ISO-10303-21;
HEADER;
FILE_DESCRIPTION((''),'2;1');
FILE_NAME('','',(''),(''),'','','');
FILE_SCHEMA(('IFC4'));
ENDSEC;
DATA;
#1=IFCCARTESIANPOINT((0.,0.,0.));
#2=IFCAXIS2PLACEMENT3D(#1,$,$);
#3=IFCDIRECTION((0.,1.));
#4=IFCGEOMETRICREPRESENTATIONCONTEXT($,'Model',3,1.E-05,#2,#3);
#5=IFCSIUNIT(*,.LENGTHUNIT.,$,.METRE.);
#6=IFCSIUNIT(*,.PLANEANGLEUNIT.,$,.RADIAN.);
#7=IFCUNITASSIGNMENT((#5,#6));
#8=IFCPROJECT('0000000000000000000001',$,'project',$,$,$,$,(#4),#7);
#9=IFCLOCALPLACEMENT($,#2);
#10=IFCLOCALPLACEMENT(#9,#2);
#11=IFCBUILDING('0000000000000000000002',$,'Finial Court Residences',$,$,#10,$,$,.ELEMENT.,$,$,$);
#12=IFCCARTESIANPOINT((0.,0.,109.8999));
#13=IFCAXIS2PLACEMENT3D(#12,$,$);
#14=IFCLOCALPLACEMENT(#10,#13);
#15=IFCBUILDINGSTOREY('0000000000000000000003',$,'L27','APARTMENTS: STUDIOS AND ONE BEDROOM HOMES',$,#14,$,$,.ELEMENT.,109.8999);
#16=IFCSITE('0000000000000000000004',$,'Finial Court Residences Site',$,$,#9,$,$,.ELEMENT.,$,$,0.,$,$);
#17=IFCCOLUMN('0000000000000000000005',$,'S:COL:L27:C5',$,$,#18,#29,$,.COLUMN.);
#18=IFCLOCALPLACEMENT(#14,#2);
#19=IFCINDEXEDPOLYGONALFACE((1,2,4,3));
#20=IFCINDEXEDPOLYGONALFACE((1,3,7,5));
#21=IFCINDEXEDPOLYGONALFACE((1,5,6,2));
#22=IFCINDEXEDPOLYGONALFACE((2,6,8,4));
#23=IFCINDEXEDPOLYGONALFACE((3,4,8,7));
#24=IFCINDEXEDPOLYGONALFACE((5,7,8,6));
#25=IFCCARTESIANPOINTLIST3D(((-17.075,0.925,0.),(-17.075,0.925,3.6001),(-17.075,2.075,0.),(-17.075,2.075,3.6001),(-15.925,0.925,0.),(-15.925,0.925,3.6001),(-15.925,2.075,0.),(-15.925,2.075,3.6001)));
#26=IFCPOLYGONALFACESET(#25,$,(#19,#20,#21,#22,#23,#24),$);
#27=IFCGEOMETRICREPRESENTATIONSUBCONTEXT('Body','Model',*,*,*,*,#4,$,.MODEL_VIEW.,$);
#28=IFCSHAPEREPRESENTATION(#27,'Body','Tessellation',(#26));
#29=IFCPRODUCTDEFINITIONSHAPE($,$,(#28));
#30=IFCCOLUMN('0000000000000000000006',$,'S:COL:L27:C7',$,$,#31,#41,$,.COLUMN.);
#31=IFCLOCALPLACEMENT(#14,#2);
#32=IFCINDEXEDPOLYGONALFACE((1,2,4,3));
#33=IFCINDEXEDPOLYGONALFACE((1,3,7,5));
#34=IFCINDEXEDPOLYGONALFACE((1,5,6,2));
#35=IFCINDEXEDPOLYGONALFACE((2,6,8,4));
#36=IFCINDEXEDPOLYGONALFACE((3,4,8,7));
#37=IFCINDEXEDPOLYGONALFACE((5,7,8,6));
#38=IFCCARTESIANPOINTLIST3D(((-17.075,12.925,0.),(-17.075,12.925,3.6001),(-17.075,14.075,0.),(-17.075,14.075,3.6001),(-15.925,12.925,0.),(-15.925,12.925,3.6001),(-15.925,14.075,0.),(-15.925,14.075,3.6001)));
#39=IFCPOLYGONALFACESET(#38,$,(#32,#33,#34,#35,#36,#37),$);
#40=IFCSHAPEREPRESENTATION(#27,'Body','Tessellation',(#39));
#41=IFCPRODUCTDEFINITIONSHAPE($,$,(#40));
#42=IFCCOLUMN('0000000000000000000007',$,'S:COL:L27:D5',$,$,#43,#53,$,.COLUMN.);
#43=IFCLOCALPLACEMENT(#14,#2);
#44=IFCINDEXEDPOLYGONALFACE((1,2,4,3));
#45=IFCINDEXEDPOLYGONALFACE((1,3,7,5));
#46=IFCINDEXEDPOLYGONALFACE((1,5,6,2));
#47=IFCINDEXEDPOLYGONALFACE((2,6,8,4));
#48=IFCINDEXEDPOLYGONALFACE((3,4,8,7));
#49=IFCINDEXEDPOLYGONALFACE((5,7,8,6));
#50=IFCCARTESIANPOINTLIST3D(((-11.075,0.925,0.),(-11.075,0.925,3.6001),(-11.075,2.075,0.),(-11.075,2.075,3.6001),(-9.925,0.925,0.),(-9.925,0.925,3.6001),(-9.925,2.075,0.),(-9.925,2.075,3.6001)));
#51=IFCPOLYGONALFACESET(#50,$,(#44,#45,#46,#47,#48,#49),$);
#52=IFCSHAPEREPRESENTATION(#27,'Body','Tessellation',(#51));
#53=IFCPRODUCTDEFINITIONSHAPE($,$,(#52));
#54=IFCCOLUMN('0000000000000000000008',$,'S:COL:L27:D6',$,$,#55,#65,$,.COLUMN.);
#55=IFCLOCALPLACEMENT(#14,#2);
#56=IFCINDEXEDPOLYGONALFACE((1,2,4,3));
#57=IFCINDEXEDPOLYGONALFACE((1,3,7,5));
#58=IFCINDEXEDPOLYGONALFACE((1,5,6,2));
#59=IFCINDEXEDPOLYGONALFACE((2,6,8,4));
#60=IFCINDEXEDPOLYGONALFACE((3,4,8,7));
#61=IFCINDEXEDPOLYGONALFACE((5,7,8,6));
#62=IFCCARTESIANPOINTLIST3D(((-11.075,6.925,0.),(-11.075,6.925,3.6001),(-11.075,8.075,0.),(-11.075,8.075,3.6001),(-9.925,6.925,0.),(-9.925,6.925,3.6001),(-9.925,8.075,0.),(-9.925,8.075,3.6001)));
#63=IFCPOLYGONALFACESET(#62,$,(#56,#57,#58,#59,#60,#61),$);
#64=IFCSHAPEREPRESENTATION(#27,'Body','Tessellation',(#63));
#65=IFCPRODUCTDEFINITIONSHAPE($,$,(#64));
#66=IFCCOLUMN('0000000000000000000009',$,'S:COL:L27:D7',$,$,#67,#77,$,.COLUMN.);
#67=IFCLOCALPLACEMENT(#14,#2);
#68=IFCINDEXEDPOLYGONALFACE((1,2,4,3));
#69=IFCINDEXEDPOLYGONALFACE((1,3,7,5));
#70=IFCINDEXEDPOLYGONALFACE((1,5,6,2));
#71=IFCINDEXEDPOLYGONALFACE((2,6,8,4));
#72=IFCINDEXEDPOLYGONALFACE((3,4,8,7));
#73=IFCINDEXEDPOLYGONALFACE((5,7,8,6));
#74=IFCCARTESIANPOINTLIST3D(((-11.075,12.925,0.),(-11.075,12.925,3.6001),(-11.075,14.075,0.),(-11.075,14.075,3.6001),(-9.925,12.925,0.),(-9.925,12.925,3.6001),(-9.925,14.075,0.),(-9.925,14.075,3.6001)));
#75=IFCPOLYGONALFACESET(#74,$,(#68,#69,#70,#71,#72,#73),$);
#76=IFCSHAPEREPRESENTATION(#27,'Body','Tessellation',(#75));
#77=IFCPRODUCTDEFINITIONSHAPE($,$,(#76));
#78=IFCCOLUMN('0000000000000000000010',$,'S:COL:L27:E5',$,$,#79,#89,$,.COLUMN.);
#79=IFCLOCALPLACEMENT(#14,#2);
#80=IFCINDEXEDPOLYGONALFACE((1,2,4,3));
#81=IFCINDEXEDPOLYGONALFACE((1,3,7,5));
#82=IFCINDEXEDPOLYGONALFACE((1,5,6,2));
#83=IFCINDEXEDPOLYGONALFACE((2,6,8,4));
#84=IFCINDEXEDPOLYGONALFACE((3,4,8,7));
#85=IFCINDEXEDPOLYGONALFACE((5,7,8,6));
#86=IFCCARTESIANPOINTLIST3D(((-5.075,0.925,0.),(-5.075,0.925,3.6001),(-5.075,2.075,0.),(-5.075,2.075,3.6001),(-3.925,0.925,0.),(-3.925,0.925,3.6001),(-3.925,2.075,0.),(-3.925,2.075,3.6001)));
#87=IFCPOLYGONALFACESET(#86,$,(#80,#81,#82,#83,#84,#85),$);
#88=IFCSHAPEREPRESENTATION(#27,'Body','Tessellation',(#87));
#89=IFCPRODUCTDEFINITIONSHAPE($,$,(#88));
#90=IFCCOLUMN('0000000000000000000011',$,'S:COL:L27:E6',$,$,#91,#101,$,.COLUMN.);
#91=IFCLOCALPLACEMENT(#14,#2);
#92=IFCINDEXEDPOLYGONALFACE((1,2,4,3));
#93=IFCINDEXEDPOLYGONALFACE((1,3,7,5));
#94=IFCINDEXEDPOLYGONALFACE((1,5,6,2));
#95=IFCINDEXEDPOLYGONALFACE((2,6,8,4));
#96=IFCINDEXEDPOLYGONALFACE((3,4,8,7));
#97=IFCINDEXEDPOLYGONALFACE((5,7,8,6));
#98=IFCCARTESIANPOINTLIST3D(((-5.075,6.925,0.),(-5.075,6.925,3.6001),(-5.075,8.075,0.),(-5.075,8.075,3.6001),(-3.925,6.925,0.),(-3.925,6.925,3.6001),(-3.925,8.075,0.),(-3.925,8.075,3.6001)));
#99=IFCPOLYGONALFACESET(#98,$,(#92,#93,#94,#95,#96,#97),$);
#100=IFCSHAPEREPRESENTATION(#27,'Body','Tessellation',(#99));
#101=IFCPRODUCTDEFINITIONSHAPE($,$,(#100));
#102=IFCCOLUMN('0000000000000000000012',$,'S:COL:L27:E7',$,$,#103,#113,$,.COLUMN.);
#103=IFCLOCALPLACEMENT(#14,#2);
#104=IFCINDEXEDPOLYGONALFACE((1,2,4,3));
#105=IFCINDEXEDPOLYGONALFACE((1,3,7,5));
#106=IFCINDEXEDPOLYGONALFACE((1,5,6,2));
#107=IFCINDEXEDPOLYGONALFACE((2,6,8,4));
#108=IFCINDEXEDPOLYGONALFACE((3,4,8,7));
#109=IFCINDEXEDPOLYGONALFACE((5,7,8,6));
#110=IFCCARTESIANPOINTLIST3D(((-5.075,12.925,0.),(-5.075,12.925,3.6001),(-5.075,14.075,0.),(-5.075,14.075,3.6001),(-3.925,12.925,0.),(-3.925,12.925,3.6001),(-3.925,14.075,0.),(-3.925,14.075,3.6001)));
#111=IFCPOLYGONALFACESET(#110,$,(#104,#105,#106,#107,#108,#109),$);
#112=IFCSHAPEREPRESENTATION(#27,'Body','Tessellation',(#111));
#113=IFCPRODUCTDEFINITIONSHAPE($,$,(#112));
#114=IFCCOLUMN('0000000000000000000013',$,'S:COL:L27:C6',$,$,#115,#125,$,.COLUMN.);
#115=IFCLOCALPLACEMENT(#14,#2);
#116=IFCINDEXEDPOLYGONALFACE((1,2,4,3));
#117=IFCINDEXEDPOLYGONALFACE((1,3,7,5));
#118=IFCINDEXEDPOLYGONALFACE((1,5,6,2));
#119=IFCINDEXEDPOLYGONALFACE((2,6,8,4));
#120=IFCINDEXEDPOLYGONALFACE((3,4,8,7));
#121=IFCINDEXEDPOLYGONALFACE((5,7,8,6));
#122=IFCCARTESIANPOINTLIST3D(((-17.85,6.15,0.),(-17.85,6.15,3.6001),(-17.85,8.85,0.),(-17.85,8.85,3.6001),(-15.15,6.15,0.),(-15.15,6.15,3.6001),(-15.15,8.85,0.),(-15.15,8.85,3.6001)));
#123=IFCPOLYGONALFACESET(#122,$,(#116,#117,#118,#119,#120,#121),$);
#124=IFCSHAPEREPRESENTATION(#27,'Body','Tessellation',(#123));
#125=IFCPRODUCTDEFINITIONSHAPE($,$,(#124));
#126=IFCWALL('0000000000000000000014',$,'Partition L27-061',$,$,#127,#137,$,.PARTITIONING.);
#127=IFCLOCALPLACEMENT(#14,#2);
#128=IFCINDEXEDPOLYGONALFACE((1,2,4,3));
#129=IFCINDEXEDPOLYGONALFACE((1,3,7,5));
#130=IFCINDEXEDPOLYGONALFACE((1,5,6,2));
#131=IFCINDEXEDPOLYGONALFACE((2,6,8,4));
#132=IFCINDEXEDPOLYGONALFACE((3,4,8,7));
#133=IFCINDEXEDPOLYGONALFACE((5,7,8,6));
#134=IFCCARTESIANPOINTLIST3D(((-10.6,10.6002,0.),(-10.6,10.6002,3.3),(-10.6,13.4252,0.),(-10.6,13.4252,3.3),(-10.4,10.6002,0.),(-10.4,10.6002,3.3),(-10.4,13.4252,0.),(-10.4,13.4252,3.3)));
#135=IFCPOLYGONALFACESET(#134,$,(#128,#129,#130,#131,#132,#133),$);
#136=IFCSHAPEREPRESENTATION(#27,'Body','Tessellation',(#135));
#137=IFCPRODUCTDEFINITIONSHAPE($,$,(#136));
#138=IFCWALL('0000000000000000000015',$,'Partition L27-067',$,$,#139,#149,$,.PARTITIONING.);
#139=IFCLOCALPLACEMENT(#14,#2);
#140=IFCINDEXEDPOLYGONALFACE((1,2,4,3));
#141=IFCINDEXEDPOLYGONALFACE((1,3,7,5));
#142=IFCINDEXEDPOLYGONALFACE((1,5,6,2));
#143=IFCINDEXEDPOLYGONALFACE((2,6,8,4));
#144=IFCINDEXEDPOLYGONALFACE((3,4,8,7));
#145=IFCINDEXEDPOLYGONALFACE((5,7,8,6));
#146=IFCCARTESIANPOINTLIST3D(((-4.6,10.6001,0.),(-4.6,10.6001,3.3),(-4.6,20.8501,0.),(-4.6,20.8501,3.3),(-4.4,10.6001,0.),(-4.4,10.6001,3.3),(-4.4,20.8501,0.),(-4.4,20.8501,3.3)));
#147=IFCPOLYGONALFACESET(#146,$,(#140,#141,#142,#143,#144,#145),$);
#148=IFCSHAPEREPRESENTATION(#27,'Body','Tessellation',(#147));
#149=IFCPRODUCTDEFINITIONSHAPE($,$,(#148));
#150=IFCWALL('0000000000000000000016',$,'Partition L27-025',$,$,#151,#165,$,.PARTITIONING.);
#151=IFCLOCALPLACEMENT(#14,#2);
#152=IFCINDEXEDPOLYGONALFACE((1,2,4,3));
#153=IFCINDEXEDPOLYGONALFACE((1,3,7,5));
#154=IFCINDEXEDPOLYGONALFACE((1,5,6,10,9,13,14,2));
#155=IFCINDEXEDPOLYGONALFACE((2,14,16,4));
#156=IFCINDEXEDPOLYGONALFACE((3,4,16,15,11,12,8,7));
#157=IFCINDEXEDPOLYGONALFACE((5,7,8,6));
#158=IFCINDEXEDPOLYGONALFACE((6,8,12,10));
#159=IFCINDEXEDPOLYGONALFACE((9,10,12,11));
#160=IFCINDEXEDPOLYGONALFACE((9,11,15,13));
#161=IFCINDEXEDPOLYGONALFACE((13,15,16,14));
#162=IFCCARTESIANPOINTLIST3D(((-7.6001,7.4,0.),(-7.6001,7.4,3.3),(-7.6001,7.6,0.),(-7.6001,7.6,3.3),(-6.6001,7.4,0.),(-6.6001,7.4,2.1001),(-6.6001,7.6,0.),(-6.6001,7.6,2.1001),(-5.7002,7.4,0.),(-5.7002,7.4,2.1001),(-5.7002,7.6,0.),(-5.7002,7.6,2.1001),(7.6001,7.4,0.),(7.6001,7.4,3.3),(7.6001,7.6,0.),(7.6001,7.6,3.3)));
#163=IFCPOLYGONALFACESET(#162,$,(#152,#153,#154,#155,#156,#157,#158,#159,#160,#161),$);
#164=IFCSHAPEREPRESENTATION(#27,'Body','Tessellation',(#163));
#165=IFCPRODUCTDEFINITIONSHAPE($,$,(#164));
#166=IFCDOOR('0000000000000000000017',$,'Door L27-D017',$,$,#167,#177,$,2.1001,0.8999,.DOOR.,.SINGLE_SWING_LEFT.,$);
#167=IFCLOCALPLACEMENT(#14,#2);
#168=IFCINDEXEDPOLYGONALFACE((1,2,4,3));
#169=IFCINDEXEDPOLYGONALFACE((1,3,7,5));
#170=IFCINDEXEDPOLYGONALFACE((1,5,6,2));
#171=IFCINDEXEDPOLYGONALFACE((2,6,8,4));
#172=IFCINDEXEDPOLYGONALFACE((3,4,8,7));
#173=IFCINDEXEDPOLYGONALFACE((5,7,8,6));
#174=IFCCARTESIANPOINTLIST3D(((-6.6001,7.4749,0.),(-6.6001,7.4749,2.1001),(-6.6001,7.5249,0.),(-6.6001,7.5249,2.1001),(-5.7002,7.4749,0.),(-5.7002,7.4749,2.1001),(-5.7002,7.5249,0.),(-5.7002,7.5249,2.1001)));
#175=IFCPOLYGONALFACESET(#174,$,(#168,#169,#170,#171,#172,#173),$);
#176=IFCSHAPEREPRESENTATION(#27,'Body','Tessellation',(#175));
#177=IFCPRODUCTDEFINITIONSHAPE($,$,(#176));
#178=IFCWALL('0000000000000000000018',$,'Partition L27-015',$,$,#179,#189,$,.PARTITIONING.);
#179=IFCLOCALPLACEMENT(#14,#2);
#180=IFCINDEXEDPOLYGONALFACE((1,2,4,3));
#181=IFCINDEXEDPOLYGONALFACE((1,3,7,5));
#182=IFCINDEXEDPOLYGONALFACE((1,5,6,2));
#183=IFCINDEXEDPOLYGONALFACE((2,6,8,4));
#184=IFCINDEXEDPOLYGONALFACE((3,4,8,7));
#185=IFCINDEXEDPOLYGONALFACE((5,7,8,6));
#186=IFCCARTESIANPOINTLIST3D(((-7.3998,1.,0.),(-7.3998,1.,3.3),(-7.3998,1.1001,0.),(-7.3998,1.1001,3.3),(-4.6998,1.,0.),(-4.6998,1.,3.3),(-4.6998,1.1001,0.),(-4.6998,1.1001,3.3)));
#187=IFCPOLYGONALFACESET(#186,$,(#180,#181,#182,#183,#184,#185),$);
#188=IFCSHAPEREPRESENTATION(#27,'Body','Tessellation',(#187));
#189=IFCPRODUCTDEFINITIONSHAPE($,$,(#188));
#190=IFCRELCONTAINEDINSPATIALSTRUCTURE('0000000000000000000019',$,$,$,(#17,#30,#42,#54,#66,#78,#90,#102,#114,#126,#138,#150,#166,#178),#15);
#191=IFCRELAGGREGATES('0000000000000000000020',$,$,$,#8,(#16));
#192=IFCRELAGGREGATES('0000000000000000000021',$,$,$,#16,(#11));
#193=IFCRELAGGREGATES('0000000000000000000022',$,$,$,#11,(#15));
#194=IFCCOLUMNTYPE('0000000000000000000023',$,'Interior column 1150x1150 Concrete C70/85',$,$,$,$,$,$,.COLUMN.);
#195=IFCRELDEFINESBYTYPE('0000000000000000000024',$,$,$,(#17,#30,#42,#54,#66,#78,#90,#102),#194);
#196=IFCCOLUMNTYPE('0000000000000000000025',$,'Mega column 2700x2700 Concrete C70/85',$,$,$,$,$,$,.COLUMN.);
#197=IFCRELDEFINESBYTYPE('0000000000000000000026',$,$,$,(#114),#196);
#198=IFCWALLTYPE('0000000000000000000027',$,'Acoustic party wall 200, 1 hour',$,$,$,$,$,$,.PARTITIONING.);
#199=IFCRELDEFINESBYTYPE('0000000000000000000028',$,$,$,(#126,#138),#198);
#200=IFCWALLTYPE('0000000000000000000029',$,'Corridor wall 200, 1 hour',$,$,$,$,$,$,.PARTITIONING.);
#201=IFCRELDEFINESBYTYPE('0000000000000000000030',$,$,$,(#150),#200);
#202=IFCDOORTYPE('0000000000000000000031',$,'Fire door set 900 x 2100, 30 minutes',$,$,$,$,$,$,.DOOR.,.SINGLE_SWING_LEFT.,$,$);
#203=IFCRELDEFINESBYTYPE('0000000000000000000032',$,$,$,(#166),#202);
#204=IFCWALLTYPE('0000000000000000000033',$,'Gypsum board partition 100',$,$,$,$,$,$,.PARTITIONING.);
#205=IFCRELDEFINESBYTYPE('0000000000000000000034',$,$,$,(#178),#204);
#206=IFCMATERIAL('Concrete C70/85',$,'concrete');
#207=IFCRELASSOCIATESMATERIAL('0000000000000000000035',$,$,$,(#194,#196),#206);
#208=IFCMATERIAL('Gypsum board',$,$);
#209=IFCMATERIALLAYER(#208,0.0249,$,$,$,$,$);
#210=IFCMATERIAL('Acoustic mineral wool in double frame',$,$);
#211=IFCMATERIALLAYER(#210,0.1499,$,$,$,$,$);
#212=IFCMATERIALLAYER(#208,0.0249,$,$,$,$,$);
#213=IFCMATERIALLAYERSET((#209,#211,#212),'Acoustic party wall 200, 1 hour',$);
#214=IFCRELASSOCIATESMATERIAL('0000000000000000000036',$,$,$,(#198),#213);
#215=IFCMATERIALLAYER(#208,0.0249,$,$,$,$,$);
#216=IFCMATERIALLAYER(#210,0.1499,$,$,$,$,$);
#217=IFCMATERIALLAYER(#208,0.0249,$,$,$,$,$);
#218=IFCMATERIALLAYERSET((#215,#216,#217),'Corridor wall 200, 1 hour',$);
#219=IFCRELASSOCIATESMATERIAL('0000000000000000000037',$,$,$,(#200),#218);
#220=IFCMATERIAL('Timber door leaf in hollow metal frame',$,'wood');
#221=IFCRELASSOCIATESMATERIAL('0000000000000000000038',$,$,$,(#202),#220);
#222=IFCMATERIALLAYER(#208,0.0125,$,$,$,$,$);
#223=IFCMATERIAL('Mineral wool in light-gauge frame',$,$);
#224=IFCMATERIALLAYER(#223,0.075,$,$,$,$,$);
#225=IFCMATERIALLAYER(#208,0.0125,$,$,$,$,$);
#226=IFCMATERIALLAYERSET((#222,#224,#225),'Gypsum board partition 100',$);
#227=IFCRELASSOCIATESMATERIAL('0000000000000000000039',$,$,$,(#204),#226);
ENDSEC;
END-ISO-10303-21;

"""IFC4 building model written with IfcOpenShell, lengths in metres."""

from ifc_helpers import new_model, si_unit, direction, frame, frame_2d, origin, origin_2d, place, context, subcontext, project, spatial, rectangle, extrude, material, layer, layer_set, material_profile, profile_set, type_object, element, fill, save


model = new_model("IFC4")

# Units and contexts
model_context = context("Model", 3, precision=1e-05, world=origin(), true_north=direction((0.0, 1.0)))
body_context = subcontext(model_context, "Body", "Model", "MODEL_VIEW")
ifc_project = project(units=[si_unit("LENGTHUNIT", "METRE"), si_unit("PLANEANGLEUNIT", "RADIAN")], contexts=[model_context])

# Site, building, storey
site_placement = place(None, origin())
site = spatial("IfcSite", under=ifc_project, at=site_placement, Name="Finial Court Residences Site", CompositionType="ELEMENT", RefElevation=0.0)
building_placement = place(site_placement, origin())
building = spatial("IfcBuilding", under=site, at=building_placement, Name="Finial Court Residences", CompositionType="ELEMENT")
storey_placement = place(building_placement, frame((0.0, 0.0, 109.8999)))
storey = spatial("IfcBuildingStorey", under=building, at=storey_placement, Name="L27", Description="APARTMENTS: STUDIOS AND ONE BEDROOM HOMES", CompositionType="ELEMENT", Elevation=109.8999)

# Columns
ifc_material_1 = material(Name="Concrete C70/85", Category="concrete")
ifc_material_profile_1 = material_profile(ifc_material_1, rectangle(XDim=1.1499, YDim=1.1499, at=origin_2d()), Name="1150x1150")
ifc_profile_set_1 = profile_set([ifc_material_profile_1], Name="Concrete C70/85")
column_type_1 = type_object("IfcColumnType", Name="Interior column 1150x1150 Concrete C70/85", PredefinedType="COLUMN", material=ifc_profile_set_1)
for number, where, z_axis, x_axis, name in (
    (1, (-16.5, 1.5, 0.0), (0.0, 0.0, 1.0), (1.0, 0.0, 0.0), "S:COL:L27:C5"),
    (2, (-16.5, 13.5, 0.0), (0.0, 0.0, 1.0), (1.0, 0.0, 0.0), "S:COL:L27:C7"),
    (3, (-10.5, 1.5, 0.0), (0.0, 0.0, 1.0), (1.0, 0.0, 0.0), "S:COL:L27:D5"),
    (4, (-10.5, 7.5, 0.0), (0.0, 0.0, 1.0), (1.0, 0.0, 0.0), "S:COL:L27:D6"),
    (5, (-10.5, 13.5, 0.0), (0.0, 0.0, 1.0), (1.0, 0.0, 0.0), "S:COL:L27:D7"),
    (6, (-4.5, 1.5, 0.0), (0.0, 0.0, 1.0), (1.0, 0.0, 0.0), "S:COL:L27:E5"),
    (7, (-4.5, 7.5, 0.0), (0.0, 0.0, 1.0), (1.0, 0.0, 0.0), "S:COL:L27:E6"),
    (8, (-4.5, 13.5, 0.0), (0.0, 0.0, 1.0), (1.0, 0.0, 0.0), "S:COL:L27:E7"),
):
    element("IfcColumn", number, at=place(storey_placement, frame(where, z_axis=z_axis, x_axis=x_axis)), inside=storey, type_object=column_type_1, Name=name, PredefinedType="COLUMN", context=body_context, shape_type="SweptSolid", body=[
        extrude(rectangle(XDim=1.1499, YDim=1.1499, at=origin_2d()), origin(), (0.0, 0.0, 1.0), 3.6001),
    ])
ifc_material_profile_2 = material_profile(ifc_material_1, rectangle(XDim=2.7, YDim=2.7, at=origin_2d()), Name="2700x2700")
ifc_profile_set_2 = profile_set([ifc_material_profile_2], Name="Concrete C70/85")
column_type_2 = type_object("IfcColumnType", Name="Mega column 2700x2700 Concrete C70/85", PredefinedType="COLUMN", material=ifc_profile_set_2)
column_placement = place(storey_placement, frame((-16.5, 7.5, 0.0), z_axis=(0.0, 0.0, 1.0), x_axis=(1.0, 0.0, 0.0)))
element("IfcColumn", 9, at=column_placement, inside=storey, type_object=column_type_2, Name="S:COL:L27:C6", PredefinedType="COLUMN", context=body_context, shape_type="SweptSolid", body=[
    extrude(rectangle(XDim=2.7, YDim=2.7, at=origin_2d()), origin(), (0.0, 0.0, 1.0), 3.6001),
])

# Walls
ifc_material_2 = material(Name="Gypsum board")
ifc_layer_1 = layer(ifc_material_2, 0.0249)
ifc_material_3 = material(Name="Acoustic mineral wool in double frame")
ifc_layer_2 = layer(ifc_material_3, 0.1499)
ifc_layer_3 = layer(ifc_material_2, 0.0249)
ifc_layer_set_1 = layer_set([ifc_layer_1, ifc_layer_2, ifc_layer_3], Name="Acoustic party wall 200, 1 hour")
wall_type_1 = type_object("IfcWallType", Name="Acoustic party wall 200, 1 hour", PredefinedType="PARTITIONING", material=ifc_layer_set_1)
wall_1_placement = place(storey_placement, frame((-10.5, 10.6001, 0.0), z_axis=(0.0, 0.0, 1.0), x_axis=(0.0, 1.0, 0.0)))
element("IfcWall", 10, at=wall_1_placement, inside=storey, type_object=wall_type_1, Name="Partition L27-061", PredefinedType="PARTITIONING", context=body_context, shape_type="SweptSolid", body=[
    extrude(rectangle(XDim=2.825, YDim=0.2, at=frame_2d((1.4126, 0.0))), origin(), (0.0, 0.0, 1.0), 3.3),
])
wall_2_placement = place(storey_placement, frame((-4.5, 10.6001, 0.0), z_axis=(0.0, 0.0, 1.0), x_axis=(0.0, 1.0, 0.0)))
element("IfcWall", 11, at=wall_2_placement, inside=storey, type_object=wall_type_1, Name="Partition L27-067", PredefinedType="PARTITIONING", context=body_context, shape_type="SweptSolid", body=[
    extrude(rectangle(XDim=10.25, YDim=0.2, at=frame_2d((5.125, 0.0))), origin(), (0.0, 0.0, 1.0), 3.3),
])

# Wall, opening, door
ifc_layer_4 = layer(ifc_material_2, 0.0249)
ifc_layer_5 = layer(ifc_material_3, 0.1499)
ifc_layer_6 = layer(ifc_material_2, 0.0249)
ifc_layer_set_2 = layer_set([ifc_layer_4, ifc_layer_5, ifc_layer_6], Name="Corridor wall 200, 1 hour")
wall_type_2 = type_object("IfcWallType", Name="Corridor wall 200, 1 hour", PredefinedType="PARTITIONING", material=ifc_layer_set_2)
wall_3_placement = place(storey_placement, frame((-7.6001, 7.5, 0.0), z_axis=(0.0, 0.0, 1.0), x_axis=(1.0, 0.0, 0.0)))
wall_3 = element("IfcWall", 12, at=wall_3_placement, inside=storey, type_object=wall_type_2, Name="Partition L27-025", PredefinedType="PARTITIONING", context=body_context, shape_type="SweptSolid", body=[
    extrude(rectangle(XDim=15.2002, YDim=0.2, at=frame_2d((7.6001, 0.0))), origin(), (0.0, 0.0, 1.0), 3.3),
])
opening_1_placement = place(wall_3_placement, frame((1.0, 0.0, 0.0)))
opening_1 = element("IfcOpeningElement", 13, at=opening_1_placement, cuts=wall_3, PredefinedType="OPENING", context=body_context, shape_type="SweptSolid", body=[
    extrude(rectangle(XDim=0.8999, YDim=2.1001, at=frame_2d((0.45, 1.05))), frame((0.0, 0.1099, 0.0), z_axis=(0.0, -1.0, 0.0), x_axis=(1.0, 0.0, 0.0)), (0.0, 0.0, 1.0), 0.22),
])
ifc_material_4 = material(Name="Timber door leaf in hollow metal frame", Category="wood")
door_type_1 = type_object("IfcDoorType", Name="Fire door set 900 x 2100, 30 minutes", OperationType="SINGLE_SWING_LEFT", PredefinedType="DOOR", material=ifc_material_4)
door_1_placement = place(opening_1_placement, origin())
door_1 = element("IfcDoor", 14, at=door_1_placement, inside=storey, type_object=door_type_1, Name="Door L27-D017", OperationType="SINGLE_SWING_LEFT", OverallHeight=2.1001, OverallWidth=0.8999, PredefinedType="DOOR", context=body_context, shape_type="SweptSolid", body=[
    extrude(rectangle(XDim=0.8999, YDim=2.1001, at=frame_2d((0.45, 1.05))), frame((0.0, 0.0249, 0.0), z_axis=(0.0, -1.0, 0.0), x_axis=(1.0, 0.0, 0.0)), (0.0, 0.0, 1.0), 0.05),
])
fill(opening_1, door_1)

# Wall
ifc_layer_7 = layer(ifc_material_2, 0.0125)
ifc_material_5 = material(Name="Mineral wool in light-gauge frame")
ifc_layer_8 = layer(ifc_material_5, 0.075)
ifc_layer_9 = layer(ifc_material_2, 0.0125)
ifc_layer_set_3 = layer_set([ifc_layer_7, ifc_layer_8, ifc_layer_9], Name="Gypsum board partition 100")
wall_type_3 = type_object("IfcWallType", Name="Gypsum board partition 100", PredefinedType="PARTITIONING", material=ifc_layer_set_3)
wall_4_placement = place(storey_placement, frame((-7.3999, 1.05, 0.0), z_axis=(0.0, 0.0, 1.0), x_axis=(1.0, 0.0, 0.0)))
element("IfcWall", 15, at=wall_4_placement, inside=storey, type_object=wall_type_3, Name="Partition L27-015", PredefinedType="PARTITIONING", context=body_context, shape_type="SweptSolid", body=[
    extrude(rectangle(XDim=2.7, YDim=0.1001, at=frame_2d((1.3501, 0.0))), origin(), (0.0, 0.0, 1.0), 3.3),
])

save(model, "model.ifc")
